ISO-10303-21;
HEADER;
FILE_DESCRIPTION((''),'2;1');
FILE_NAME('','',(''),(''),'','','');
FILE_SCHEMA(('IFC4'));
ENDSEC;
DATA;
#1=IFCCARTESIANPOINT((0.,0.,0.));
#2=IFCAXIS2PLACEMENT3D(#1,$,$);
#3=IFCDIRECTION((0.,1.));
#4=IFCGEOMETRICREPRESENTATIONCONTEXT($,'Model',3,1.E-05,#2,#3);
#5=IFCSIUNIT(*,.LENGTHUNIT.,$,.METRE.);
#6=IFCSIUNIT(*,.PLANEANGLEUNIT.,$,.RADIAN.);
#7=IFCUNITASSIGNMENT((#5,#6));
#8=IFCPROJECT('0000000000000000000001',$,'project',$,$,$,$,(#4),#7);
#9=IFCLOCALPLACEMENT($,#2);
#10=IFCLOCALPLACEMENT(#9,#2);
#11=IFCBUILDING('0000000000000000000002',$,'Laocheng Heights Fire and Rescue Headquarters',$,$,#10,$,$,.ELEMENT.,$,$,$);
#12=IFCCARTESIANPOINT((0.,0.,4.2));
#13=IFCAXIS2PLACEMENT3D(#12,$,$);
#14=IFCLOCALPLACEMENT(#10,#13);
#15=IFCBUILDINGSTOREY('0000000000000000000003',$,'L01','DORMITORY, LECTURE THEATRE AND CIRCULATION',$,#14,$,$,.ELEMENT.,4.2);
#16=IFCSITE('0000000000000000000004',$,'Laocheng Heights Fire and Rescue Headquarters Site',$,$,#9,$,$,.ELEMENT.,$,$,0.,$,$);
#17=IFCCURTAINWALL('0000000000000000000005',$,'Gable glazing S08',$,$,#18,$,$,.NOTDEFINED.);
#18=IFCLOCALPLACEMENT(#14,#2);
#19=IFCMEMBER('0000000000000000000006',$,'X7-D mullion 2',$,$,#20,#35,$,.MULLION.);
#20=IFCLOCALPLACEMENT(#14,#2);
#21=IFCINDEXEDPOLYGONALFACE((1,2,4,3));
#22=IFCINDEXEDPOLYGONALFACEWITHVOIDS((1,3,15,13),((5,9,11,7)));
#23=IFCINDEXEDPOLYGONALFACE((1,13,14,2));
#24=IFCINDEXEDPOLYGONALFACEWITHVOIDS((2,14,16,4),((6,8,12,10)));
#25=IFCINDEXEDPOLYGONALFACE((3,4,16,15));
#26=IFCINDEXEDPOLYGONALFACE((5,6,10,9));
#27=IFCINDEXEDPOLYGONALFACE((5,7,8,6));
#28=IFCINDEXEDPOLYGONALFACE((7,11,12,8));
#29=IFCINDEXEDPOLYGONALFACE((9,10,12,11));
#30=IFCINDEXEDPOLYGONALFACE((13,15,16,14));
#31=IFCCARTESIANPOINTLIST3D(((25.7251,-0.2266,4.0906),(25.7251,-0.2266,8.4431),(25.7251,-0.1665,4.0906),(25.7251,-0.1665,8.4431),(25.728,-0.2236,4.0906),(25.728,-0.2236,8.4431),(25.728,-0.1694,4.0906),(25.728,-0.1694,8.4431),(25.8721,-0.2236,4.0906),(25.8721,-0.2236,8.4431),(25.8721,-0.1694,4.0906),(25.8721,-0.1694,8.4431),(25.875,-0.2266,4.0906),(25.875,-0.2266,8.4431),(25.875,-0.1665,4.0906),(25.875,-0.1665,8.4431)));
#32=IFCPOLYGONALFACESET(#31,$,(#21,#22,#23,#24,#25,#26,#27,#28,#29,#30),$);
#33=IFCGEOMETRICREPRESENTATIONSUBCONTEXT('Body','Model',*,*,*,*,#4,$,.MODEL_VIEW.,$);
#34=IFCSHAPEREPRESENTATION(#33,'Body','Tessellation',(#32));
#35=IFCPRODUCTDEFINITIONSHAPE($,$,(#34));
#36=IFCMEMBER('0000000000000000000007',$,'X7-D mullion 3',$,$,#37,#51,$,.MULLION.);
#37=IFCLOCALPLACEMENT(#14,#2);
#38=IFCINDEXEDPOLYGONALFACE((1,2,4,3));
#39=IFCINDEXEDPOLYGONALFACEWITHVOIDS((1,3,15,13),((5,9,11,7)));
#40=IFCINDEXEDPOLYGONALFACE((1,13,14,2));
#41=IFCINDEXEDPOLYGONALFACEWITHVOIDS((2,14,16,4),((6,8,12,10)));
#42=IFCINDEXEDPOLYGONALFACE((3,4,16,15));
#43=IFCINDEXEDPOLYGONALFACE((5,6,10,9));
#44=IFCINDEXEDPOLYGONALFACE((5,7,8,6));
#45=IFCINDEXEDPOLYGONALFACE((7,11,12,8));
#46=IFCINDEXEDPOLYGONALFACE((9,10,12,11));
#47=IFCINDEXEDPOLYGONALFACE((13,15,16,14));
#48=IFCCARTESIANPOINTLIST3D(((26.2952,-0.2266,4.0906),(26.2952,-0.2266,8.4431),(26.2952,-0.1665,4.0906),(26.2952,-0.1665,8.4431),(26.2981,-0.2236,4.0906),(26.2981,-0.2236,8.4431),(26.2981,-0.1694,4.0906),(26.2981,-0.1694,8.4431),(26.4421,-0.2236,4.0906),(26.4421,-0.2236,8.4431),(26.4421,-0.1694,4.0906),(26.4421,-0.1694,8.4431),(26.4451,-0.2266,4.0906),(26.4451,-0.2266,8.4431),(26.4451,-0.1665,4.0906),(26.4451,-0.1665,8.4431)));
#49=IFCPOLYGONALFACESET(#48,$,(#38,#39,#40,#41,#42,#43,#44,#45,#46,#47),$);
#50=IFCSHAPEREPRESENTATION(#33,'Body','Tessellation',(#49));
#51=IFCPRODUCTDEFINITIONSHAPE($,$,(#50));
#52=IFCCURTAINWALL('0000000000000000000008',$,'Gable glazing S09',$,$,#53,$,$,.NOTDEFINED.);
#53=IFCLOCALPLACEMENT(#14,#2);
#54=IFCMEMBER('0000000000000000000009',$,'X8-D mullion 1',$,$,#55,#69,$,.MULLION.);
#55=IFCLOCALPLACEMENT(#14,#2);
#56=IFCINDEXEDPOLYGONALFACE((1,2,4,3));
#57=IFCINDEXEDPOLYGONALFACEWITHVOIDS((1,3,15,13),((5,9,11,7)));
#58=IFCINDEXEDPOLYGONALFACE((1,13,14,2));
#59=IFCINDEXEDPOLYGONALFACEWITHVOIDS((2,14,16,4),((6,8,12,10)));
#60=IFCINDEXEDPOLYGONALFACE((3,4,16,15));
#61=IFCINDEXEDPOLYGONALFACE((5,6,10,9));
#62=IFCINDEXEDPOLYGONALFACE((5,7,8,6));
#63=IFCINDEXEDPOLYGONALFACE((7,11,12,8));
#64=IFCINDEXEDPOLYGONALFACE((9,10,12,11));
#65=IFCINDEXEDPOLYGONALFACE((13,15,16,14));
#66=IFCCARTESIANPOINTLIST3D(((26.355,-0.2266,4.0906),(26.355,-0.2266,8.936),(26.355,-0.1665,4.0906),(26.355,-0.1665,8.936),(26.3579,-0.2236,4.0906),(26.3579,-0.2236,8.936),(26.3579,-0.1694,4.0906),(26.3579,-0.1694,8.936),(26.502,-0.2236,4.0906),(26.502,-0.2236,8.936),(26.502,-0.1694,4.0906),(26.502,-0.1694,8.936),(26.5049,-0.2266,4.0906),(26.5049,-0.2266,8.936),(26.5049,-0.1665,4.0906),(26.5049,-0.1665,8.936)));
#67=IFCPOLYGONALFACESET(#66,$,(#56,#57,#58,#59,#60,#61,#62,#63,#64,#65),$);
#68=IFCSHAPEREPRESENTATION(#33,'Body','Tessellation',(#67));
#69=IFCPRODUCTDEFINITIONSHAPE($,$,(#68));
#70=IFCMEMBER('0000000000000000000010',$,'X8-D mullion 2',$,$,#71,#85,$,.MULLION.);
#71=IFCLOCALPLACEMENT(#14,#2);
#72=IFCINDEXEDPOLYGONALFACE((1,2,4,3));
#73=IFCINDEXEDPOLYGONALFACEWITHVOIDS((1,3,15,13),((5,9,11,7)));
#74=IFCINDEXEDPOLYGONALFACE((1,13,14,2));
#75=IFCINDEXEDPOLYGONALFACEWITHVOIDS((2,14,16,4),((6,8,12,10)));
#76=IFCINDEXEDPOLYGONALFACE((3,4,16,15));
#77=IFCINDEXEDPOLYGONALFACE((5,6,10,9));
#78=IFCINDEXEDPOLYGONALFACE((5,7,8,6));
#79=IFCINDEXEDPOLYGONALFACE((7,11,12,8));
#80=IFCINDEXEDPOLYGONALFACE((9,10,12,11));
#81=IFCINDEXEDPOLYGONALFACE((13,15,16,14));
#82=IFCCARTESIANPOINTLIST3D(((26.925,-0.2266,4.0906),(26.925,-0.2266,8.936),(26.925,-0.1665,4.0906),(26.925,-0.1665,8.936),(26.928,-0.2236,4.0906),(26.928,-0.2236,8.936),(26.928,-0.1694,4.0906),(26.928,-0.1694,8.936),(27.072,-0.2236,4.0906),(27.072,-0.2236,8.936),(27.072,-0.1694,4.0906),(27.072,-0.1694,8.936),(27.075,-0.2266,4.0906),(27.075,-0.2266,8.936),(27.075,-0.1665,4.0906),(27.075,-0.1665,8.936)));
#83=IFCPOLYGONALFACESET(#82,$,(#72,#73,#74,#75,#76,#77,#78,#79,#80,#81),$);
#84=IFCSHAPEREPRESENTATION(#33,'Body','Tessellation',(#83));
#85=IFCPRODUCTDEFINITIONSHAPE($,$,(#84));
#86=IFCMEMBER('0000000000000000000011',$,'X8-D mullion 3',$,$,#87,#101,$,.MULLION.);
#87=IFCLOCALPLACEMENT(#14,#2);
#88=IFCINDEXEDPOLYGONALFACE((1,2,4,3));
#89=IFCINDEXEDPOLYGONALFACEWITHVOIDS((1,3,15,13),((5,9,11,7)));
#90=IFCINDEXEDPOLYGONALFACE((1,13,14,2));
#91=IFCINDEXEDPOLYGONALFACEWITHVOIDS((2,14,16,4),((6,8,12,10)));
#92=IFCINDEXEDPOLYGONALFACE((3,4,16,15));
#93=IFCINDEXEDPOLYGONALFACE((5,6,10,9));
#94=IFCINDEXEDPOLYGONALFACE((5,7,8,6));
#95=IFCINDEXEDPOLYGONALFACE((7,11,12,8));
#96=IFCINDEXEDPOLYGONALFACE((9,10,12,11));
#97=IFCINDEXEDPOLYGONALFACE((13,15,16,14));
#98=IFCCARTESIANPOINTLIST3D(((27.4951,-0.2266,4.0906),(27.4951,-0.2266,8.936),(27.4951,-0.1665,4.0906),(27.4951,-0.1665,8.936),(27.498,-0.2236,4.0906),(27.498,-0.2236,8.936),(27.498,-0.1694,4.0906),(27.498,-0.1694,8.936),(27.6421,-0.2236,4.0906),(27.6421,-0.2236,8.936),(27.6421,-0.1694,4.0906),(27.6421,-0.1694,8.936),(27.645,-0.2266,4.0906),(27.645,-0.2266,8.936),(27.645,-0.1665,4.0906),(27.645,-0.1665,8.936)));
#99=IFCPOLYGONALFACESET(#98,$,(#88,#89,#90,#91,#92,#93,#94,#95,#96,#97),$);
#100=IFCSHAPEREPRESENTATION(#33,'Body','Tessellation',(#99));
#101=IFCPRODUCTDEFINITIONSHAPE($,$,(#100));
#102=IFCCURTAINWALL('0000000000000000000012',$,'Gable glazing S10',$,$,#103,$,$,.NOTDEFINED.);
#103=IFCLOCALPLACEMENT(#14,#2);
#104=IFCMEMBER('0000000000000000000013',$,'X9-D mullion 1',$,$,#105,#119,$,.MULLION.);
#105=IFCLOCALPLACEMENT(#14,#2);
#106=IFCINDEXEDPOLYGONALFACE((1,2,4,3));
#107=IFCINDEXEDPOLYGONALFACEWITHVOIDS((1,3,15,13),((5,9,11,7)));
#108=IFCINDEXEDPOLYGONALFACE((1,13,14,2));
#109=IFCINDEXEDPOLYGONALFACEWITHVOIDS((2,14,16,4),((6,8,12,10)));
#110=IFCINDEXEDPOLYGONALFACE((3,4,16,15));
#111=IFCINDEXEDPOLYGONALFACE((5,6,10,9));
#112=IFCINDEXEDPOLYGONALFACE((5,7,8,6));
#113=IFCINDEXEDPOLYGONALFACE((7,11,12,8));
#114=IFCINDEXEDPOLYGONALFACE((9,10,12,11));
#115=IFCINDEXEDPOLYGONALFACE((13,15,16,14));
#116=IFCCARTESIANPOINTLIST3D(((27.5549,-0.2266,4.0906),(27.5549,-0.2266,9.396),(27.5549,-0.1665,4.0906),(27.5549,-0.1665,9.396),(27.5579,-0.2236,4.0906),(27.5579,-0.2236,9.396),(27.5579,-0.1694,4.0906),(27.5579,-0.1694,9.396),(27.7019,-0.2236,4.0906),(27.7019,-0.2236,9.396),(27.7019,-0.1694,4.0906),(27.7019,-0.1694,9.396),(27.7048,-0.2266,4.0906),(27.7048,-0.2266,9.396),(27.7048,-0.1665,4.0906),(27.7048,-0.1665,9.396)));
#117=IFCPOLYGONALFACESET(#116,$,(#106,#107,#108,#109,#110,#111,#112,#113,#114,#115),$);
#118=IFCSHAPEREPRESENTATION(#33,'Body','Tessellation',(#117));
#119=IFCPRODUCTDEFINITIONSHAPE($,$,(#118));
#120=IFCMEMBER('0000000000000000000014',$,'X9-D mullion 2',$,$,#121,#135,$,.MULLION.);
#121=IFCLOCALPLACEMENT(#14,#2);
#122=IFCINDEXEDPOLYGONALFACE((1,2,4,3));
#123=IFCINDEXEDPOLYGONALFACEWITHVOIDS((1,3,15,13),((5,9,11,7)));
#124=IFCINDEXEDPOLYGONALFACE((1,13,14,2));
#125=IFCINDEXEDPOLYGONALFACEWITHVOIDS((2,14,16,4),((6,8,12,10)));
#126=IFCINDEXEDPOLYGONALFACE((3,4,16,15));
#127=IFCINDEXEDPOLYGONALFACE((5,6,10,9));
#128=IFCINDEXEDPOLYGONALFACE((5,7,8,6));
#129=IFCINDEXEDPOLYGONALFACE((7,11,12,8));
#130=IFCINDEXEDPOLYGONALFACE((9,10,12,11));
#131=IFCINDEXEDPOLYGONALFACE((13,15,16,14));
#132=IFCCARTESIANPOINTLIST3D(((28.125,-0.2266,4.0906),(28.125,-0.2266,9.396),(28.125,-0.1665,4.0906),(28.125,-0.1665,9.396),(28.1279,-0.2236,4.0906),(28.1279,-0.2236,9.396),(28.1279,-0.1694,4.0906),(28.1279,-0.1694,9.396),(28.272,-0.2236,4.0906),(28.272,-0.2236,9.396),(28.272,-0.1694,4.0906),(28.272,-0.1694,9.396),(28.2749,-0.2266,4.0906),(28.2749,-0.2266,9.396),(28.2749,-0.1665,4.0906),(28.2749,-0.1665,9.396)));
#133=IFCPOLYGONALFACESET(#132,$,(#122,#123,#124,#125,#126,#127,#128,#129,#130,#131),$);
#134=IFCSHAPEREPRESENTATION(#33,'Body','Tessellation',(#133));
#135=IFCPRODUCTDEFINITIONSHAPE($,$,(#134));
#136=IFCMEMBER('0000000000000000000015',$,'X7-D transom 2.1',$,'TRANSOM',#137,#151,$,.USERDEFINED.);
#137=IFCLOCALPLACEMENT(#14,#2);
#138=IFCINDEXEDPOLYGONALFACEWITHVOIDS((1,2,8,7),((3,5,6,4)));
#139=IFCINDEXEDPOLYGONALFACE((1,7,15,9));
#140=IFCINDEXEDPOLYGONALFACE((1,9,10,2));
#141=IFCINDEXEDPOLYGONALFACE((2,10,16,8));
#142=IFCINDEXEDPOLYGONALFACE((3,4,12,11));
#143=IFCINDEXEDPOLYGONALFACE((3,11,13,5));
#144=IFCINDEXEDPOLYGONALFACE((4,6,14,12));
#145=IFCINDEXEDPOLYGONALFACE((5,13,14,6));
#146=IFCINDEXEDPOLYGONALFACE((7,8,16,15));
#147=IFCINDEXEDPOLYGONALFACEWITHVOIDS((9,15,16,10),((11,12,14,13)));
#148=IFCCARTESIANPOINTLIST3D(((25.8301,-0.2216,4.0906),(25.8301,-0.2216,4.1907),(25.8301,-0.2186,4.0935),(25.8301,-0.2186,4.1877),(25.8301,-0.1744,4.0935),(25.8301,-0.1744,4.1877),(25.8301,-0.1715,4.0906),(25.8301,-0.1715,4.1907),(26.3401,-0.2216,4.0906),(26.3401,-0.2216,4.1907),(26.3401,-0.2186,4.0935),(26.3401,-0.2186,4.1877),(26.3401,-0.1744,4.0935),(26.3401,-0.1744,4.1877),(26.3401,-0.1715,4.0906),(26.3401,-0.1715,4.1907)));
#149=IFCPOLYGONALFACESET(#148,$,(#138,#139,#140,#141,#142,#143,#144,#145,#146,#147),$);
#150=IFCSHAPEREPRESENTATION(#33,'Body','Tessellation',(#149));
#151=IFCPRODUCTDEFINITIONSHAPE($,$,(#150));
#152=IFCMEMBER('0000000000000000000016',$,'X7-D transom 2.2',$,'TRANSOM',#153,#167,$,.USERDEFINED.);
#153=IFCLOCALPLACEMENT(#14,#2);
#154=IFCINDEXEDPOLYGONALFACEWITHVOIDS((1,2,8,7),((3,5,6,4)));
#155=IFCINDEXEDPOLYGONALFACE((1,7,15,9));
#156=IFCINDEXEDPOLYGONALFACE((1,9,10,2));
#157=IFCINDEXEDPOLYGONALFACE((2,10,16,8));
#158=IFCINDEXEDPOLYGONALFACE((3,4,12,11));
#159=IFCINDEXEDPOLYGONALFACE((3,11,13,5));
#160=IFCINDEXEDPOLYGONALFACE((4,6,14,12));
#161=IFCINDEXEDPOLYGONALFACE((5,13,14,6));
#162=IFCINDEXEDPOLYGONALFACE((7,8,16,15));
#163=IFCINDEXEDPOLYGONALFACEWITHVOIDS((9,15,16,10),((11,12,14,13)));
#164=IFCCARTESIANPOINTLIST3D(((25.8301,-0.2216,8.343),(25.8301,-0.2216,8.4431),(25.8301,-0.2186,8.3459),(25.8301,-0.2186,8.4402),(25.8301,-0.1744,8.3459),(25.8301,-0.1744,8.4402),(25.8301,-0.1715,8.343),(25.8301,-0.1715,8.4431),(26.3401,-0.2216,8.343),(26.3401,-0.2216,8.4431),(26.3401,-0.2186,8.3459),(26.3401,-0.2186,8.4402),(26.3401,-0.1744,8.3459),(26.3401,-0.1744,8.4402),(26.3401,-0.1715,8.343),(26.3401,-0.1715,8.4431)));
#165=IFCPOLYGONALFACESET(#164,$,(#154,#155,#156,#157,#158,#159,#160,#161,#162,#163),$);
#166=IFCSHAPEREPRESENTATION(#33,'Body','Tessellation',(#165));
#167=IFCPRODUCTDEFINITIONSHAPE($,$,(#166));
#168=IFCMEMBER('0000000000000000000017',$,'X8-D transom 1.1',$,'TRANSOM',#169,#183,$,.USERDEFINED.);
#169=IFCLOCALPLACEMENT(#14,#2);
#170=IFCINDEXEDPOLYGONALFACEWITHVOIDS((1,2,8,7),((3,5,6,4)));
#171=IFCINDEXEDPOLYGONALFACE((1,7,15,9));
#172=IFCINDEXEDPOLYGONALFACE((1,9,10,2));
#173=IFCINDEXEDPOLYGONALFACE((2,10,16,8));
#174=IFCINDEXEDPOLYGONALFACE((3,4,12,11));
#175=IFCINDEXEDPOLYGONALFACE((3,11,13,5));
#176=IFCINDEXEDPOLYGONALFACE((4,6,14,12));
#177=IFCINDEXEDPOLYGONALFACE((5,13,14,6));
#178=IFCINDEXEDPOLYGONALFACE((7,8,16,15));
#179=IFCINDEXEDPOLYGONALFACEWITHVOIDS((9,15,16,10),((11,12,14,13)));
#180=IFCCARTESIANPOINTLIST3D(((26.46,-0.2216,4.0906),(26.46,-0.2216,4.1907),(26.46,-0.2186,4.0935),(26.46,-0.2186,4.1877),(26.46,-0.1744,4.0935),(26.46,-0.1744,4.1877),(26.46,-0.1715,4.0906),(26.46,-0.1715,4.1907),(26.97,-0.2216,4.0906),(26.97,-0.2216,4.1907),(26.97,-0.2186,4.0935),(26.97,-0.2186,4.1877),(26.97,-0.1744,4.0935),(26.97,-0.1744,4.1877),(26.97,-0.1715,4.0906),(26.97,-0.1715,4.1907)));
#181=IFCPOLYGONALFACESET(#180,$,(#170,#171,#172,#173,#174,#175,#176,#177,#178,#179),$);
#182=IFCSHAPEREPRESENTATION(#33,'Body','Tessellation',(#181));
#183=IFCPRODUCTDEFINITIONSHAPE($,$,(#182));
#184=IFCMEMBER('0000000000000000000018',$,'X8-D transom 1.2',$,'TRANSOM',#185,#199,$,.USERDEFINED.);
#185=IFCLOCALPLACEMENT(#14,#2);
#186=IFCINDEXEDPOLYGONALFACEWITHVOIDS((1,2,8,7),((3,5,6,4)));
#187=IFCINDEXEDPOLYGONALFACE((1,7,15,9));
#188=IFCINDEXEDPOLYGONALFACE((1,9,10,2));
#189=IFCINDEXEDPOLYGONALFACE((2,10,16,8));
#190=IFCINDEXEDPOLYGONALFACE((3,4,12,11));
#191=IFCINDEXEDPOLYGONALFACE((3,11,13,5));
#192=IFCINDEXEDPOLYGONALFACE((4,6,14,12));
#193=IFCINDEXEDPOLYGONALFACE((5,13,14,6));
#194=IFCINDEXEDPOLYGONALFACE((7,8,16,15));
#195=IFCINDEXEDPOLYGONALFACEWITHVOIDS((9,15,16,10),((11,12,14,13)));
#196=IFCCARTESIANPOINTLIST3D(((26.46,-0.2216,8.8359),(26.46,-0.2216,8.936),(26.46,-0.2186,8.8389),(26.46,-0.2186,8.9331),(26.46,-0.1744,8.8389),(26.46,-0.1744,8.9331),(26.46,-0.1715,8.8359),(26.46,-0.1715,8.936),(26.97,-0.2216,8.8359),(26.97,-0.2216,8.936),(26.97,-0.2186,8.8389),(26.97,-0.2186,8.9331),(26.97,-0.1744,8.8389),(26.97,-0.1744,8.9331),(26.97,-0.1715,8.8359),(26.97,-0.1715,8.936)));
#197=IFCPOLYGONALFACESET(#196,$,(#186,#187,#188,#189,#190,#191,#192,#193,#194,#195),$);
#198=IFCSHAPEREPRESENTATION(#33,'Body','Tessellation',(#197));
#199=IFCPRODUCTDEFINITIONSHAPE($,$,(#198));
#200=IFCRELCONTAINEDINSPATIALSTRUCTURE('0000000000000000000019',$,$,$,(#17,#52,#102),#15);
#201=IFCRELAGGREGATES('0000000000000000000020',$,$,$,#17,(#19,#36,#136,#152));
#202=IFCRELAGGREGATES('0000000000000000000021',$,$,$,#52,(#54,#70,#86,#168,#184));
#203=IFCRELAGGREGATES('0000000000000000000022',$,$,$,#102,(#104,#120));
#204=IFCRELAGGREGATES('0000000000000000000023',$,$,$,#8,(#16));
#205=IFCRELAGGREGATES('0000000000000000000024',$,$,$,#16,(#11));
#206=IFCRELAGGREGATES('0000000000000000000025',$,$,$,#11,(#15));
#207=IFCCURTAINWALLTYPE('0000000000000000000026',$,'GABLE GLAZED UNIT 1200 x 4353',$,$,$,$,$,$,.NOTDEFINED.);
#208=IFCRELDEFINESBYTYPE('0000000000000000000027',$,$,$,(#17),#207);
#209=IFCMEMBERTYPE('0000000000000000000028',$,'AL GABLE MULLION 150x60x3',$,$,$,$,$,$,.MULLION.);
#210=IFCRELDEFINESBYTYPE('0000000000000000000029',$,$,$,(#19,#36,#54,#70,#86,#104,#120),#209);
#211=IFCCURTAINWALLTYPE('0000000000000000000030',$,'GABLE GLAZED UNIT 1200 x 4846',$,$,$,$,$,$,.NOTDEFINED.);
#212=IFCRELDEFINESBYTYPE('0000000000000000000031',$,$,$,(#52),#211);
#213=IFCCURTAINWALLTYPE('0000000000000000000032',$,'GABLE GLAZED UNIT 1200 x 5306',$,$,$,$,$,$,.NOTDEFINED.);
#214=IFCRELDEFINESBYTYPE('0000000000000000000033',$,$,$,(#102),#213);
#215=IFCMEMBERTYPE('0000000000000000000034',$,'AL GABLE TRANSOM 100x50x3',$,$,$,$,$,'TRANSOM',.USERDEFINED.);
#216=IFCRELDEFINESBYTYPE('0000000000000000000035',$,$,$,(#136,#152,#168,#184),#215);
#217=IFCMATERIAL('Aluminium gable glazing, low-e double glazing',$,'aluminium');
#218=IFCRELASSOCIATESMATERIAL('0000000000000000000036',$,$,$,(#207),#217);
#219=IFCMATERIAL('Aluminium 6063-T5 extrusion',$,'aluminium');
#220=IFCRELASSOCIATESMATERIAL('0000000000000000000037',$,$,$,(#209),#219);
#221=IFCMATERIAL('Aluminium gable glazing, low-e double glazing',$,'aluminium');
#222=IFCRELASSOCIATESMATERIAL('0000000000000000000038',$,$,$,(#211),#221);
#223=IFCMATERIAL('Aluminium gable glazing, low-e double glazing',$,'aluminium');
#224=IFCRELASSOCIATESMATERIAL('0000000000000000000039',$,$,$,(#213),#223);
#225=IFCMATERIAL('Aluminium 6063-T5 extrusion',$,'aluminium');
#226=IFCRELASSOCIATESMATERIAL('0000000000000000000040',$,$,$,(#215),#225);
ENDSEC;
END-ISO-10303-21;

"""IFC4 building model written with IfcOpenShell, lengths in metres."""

from ifc_helpers import new_model, si_unit, direction, frame, origin, origin_2d, place, context, subcontext, project, spatial, hollow_rectangle, extrude, material, material_profile, profile_set, type_object, element, aggregate, save


model = new_model("IFC4")

# Units and contexts
model_context = context("Model", 3, precision=1e-05, world=origin(), true_north=direction((0.0, 1.0)))
body_context = subcontext(model_context, "Body", "Model", "MODEL_VIEW")
ifc_project = project(units=[si_unit("LENGTHUNIT", "METRE"), si_unit("PLANEANGLEUNIT", "RADIAN")], contexts=[model_context])

# Site, building, storey
site_placement = place(None, origin())
site = spatial("IfcSite", under=ifc_project, at=site_placement, Name="Laocheng Heights Fire and Rescue Headquarters Site", CompositionType="ELEMENT", RefElevation=0.0)
building_placement = place(site_placement, origin())
building = spatial("IfcBuilding", under=site, at=building_placement, Name="Laocheng Heights Fire and Rescue Headquarters", CompositionType="ELEMENT")
storey_placement = place(building_placement, frame((0.0, 0.0, 4.2)))
storey = spatial("IfcBuildingStorey", under=building, at=storey_placement, Name="L01", Description="DORMITORY, LECTURE THEATRE AND CIRCULATION", CompositionType="ELEMENT", Elevation=4.2)

# Curtain walls, members
ifc_material_1 = material(Name="Aluminium gable glazing, low-e double glazing", Category="aluminium")
curtain_wall_type_1 = type_object("IfcCurtainWallType", Name="GABLE GLAZED UNIT 1200 x 4353", PredefinedType="NOTDEFINED", material=ifc_material_1)
curtain_wall_1_placement = place(storey_placement, origin())
curtain_wall_1 = element("IfcCurtainWall", 1, at=curtain_wall_1_placement, inside=storey, type_object=curtain_wall_type_1, Name="Gable glazing S08", PredefinedType="NOTDEFINED")
ifc_material_2 = material(Name="Aluminium 6063-T5 extrusion", Category="aluminium")
ifc_material_profile_1 = material_profile(ifc_material_2, hollow_rectangle(XDim=0.0601, YDim=0.1499, WallThickness=0.0029, at=origin_2d()), Name="AL MULLION 150x60x3")
ifc_profile_set_1 = profile_set([ifc_material_profile_1], Name="Aluminium 6063-T5 extrusion")
member_type_1 = type_object("IfcMemberType", Name="AL GABLE MULLION 150x60x3", PredefinedType="MULLION", material=ifc_profile_set_1)
member_1_placement = place(storey_placement, frame((25.8, -0.1965, 4.0906), z_axis=(0.0, 0.0, 1.0), x_axis=(0.0, 1.0, 0.0)))
member_1 = element("IfcMember", 2, at=member_1_placement, type_object=member_type_1, Name="X7-D mullion 2", PredefinedType="MULLION", context=body_context, shape_type="SweptSolid", body=[
    extrude(hollow_rectangle(XDim=0.0601, YDim=0.1499, WallThickness=0.0029, at=origin_2d()), origin(), (0.0, 0.0, 1.0), 4.3525),
])
member_2_placement = place(storey_placement, frame((26.3701, -0.1965, 4.0906), z_axis=(0.0, 0.0, 1.0), x_axis=(0.0, 1.0, 0.0)))
member_2 = element("IfcMember", 3, at=member_2_placement, type_object=member_type_1, Name="X7-D mullion 3", PredefinedType="MULLION", context=body_context, shape_type="SweptSolid", body=[
    extrude(hollow_rectangle(XDim=0.0601, YDim=0.1499, WallThickness=0.0029, at=origin_2d()), origin(), (0.0, 0.0, 1.0), 4.3525),
])
ifc_material_3 = material(Name="Aluminium gable glazing, low-e double glazing", Category="aluminium")
curtain_wall_type_2 = type_object("IfcCurtainWallType", Name="GABLE GLAZED UNIT 1200 x 4846", PredefinedType="NOTDEFINED", material=ifc_material_3)
curtain_wall_2_placement = place(storey_placement, origin())
curtain_wall_2 = element("IfcCurtainWall", 4, at=curtain_wall_2_placement, inside=storey, type_object=curtain_wall_type_2, Name="Gable glazing S09", PredefinedType="NOTDEFINED")
member_3_placement = place(storey_placement, frame((26.4299, -0.1965, 4.0906), z_axis=(0.0, 0.0, 1.0), x_axis=(0.0, 1.0, 0.0)))
member_3 = element("IfcMember", 5, at=member_3_placement, type_object=member_type_1, Name="X8-D mullion 1", PredefinedType="MULLION", context=body_context, shape_type="SweptSolid", body=[
    extrude(hollow_rectangle(XDim=0.0601, YDim=0.1499, WallThickness=0.0029, at=origin_2d()), origin(), (0.0, 0.0, 1.0), 4.8455),
])
member_4_placement = place(storey_placement, frame((27.0, -0.1965, 4.0906), z_axis=(0.0, 0.0, 1.0), x_axis=(0.0, 1.0, 0.0)))
member_4 = element("IfcMember", 6, at=member_4_placement, type_object=member_type_1, Name="X8-D mullion 2", PredefinedType="MULLION", context=body_context, shape_type="SweptSolid", body=[
    extrude(hollow_rectangle(XDim=0.0601, YDim=0.1499, WallThickness=0.0029, at=origin_2d()), origin(), (0.0, 0.0, 1.0), 4.8455),
])
member_5_placement = place(storey_placement, frame((27.5701, -0.1965, 4.0906), z_axis=(0.0, 0.0, 1.0), x_axis=(0.0, 1.0, 0.0)))
member_5 = element("IfcMember", 7, at=member_5_placement, type_object=member_type_1, Name="X8-D mullion 3", PredefinedType="MULLION", context=body_context, shape_type="SweptSolid", body=[
    extrude(hollow_rectangle(XDim=0.0601, YDim=0.1499, WallThickness=0.0029, at=origin_2d()), origin(), (0.0, 0.0, 1.0), 4.8455),
])
ifc_material_4 = material(Name="Aluminium gable glazing, low-e double glazing", Category="aluminium")
curtain_wall_type_3 = type_object("IfcCurtainWallType", Name="GABLE GLAZED UNIT 1200 x 5306", PredefinedType="NOTDEFINED", material=ifc_material_4)
curtain_wall_3_placement = place(storey_placement, origin())
curtain_wall_3 = element("IfcCurtainWall", 8, at=curtain_wall_3_placement, inside=storey, type_object=curtain_wall_type_3, Name="Gable glazing S10", PredefinedType="NOTDEFINED")
member_6_placement = place(storey_placement, frame((27.6299, -0.1965, 4.0906), z_axis=(0.0, 0.0, 1.0), x_axis=(0.0, 1.0, 0.0)))
member_6 = element("IfcMember", 9, at=member_6_placement, type_object=member_type_1, Name="X9-D mullion 1", PredefinedType="MULLION", context=body_context, shape_type="SweptSolid", body=[
    extrude(hollow_rectangle(XDim=0.0601, YDim=0.1499, WallThickness=0.0029, at=origin_2d()), origin(), (0.0, 0.0, 1.0), 5.3054),
])
member_7_placement = place(storey_placement, frame((28.2, -0.1965, 4.0906), z_axis=(0.0, 0.0, 1.0), x_axis=(0.0, 1.0, 0.0)))
member_7 = element("IfcMember", 10, at=member_7_placement, type_object=member_type_1, Name="X9-D mullion 2", PredefinedType="MULLION", context=body_context, shape_type="SweptSolid", body=[
    extrude(hollow_rectangle(XDim=0.0601, YDim=0.1499, WallThickness=0.0029, at=origin_2d()), origin(), (0.0, 0.0, 1.0), 5.3054),
])

# Members
ifc_material_5 = material(Name="Aluminium 6063-T5 extrusion", Category="aluminium")
ifc_material_profile_2 = material_profile(ifc_material_5, hollow_rectangle(XDim=0.05, YDim=0.1001, WallThickness=0.0029, at=origin_2d()), Name="AL TRANSOM 100x50x3")
ifc_profile_set_2 = profile_set([ifc_material_profile_2], Name="Aluminium 6063-T5 extrusion")
member_type_2 = type_object("IfcMemberType", Name="AL GABLE TRANSOM 100x50x3", ElementType="TRANSOM", PredefinedType="USERDEFINED", material=ifc_profile_set_2)
member_8_placement = place(storey_placement, frame((25.8301, -0.1965, 4.1406), z_axis=(1.0, 0.0, 0.0), x_axis=(0.0, 1.0, 0.0)))
member_8 = element("IfcMember", 11, at=member_8_placement, type_object=member_type_2, Name="X7-D transom 2.1", ObjectType="TRANSOM", PredefinedType="USERDEFINED", context=body_context, shape_type="SweptSolid", body=[
    extrude(hollow_rectangle(XDim=0.05, YDim=0.1001, WallThickness=0.0029, at=origin_2d()), origin(), (0.0, 0.0, 1.0), 0.51),
])
member_9_placement = place(storey_placement, frame((25.8301, -0.1965, 8.3931), z_axis=(1.0, 0.0, 0.0), x_axis=(0.0, 1.0, 0.0)))
member_9 = element("IfcMember", 12, at=member_9_placement, type_object=member_type_2, Name="X7-D transom 2.2", ObjectType="TRANSOM", PredefinedType="USERDEFINED", context=body_context, shape_type="SweptSolid", body=[
    extrude(hollow_rectangle(XDim=0.05, YDim=0.1001, WallThickness=0.0029, at=origin_2d()), origin(), (0.0, 0.0, 1.0), 0.51),
])
member_10_placement = place(storey_placement, frame((26.46, -0.1965, 4.1406), z_axis=(1.0, 0.0, 0.0), x_axis=(0.0, 1.0, 0.0)))
member_10 = element("IfcMember", 13, at=member_10_placement, type_object=member_type_2, Name="X8-D transom 1.1", ObjectType="TRANSOM", PredefinedType="USERDEFINED", context=body_context, shape_type="SweptSolid", body=[
    extrude(hollow_rectangle(XDim=0.05, YDim=0.1001, WallThickness=0.0029, at=origin_2d()), origin(), (0.0, 0.0, 1.0), 0.51),
])
member_11_placement = place(storey_placement, frame((26.46, -0.1965, 8.886), z_axis=(1.0, 0.0, 0.0), x_axis=(0.0, 1.0, 0.0)))
member_11 = element("IfcMember", 14, at=member_11_placement, type_object=member_type_2, Name="X8-D transom 1.2", ObjectType="TRANSOM", PredefinedType="USERDEFINED", context=body_context, shape_type="SweptSolid", body=[
    extrude(hollow_rectangle(XDim=0.05, YDim=0.1001, WallThickness=0.0029, at=origin_2d()), origin(), (0.0, 0.0, 1.0), 0.51),
])

aggregate(curtain_wall_1, [member_1, member_2, member_8, member_9])
aggregate(curtain_wall_2, [member_3, member_4, member_5, member_10, member_11])
aggregate(curtain_wall_3, [member_6, member_7])

save(model, "model.ifc")
